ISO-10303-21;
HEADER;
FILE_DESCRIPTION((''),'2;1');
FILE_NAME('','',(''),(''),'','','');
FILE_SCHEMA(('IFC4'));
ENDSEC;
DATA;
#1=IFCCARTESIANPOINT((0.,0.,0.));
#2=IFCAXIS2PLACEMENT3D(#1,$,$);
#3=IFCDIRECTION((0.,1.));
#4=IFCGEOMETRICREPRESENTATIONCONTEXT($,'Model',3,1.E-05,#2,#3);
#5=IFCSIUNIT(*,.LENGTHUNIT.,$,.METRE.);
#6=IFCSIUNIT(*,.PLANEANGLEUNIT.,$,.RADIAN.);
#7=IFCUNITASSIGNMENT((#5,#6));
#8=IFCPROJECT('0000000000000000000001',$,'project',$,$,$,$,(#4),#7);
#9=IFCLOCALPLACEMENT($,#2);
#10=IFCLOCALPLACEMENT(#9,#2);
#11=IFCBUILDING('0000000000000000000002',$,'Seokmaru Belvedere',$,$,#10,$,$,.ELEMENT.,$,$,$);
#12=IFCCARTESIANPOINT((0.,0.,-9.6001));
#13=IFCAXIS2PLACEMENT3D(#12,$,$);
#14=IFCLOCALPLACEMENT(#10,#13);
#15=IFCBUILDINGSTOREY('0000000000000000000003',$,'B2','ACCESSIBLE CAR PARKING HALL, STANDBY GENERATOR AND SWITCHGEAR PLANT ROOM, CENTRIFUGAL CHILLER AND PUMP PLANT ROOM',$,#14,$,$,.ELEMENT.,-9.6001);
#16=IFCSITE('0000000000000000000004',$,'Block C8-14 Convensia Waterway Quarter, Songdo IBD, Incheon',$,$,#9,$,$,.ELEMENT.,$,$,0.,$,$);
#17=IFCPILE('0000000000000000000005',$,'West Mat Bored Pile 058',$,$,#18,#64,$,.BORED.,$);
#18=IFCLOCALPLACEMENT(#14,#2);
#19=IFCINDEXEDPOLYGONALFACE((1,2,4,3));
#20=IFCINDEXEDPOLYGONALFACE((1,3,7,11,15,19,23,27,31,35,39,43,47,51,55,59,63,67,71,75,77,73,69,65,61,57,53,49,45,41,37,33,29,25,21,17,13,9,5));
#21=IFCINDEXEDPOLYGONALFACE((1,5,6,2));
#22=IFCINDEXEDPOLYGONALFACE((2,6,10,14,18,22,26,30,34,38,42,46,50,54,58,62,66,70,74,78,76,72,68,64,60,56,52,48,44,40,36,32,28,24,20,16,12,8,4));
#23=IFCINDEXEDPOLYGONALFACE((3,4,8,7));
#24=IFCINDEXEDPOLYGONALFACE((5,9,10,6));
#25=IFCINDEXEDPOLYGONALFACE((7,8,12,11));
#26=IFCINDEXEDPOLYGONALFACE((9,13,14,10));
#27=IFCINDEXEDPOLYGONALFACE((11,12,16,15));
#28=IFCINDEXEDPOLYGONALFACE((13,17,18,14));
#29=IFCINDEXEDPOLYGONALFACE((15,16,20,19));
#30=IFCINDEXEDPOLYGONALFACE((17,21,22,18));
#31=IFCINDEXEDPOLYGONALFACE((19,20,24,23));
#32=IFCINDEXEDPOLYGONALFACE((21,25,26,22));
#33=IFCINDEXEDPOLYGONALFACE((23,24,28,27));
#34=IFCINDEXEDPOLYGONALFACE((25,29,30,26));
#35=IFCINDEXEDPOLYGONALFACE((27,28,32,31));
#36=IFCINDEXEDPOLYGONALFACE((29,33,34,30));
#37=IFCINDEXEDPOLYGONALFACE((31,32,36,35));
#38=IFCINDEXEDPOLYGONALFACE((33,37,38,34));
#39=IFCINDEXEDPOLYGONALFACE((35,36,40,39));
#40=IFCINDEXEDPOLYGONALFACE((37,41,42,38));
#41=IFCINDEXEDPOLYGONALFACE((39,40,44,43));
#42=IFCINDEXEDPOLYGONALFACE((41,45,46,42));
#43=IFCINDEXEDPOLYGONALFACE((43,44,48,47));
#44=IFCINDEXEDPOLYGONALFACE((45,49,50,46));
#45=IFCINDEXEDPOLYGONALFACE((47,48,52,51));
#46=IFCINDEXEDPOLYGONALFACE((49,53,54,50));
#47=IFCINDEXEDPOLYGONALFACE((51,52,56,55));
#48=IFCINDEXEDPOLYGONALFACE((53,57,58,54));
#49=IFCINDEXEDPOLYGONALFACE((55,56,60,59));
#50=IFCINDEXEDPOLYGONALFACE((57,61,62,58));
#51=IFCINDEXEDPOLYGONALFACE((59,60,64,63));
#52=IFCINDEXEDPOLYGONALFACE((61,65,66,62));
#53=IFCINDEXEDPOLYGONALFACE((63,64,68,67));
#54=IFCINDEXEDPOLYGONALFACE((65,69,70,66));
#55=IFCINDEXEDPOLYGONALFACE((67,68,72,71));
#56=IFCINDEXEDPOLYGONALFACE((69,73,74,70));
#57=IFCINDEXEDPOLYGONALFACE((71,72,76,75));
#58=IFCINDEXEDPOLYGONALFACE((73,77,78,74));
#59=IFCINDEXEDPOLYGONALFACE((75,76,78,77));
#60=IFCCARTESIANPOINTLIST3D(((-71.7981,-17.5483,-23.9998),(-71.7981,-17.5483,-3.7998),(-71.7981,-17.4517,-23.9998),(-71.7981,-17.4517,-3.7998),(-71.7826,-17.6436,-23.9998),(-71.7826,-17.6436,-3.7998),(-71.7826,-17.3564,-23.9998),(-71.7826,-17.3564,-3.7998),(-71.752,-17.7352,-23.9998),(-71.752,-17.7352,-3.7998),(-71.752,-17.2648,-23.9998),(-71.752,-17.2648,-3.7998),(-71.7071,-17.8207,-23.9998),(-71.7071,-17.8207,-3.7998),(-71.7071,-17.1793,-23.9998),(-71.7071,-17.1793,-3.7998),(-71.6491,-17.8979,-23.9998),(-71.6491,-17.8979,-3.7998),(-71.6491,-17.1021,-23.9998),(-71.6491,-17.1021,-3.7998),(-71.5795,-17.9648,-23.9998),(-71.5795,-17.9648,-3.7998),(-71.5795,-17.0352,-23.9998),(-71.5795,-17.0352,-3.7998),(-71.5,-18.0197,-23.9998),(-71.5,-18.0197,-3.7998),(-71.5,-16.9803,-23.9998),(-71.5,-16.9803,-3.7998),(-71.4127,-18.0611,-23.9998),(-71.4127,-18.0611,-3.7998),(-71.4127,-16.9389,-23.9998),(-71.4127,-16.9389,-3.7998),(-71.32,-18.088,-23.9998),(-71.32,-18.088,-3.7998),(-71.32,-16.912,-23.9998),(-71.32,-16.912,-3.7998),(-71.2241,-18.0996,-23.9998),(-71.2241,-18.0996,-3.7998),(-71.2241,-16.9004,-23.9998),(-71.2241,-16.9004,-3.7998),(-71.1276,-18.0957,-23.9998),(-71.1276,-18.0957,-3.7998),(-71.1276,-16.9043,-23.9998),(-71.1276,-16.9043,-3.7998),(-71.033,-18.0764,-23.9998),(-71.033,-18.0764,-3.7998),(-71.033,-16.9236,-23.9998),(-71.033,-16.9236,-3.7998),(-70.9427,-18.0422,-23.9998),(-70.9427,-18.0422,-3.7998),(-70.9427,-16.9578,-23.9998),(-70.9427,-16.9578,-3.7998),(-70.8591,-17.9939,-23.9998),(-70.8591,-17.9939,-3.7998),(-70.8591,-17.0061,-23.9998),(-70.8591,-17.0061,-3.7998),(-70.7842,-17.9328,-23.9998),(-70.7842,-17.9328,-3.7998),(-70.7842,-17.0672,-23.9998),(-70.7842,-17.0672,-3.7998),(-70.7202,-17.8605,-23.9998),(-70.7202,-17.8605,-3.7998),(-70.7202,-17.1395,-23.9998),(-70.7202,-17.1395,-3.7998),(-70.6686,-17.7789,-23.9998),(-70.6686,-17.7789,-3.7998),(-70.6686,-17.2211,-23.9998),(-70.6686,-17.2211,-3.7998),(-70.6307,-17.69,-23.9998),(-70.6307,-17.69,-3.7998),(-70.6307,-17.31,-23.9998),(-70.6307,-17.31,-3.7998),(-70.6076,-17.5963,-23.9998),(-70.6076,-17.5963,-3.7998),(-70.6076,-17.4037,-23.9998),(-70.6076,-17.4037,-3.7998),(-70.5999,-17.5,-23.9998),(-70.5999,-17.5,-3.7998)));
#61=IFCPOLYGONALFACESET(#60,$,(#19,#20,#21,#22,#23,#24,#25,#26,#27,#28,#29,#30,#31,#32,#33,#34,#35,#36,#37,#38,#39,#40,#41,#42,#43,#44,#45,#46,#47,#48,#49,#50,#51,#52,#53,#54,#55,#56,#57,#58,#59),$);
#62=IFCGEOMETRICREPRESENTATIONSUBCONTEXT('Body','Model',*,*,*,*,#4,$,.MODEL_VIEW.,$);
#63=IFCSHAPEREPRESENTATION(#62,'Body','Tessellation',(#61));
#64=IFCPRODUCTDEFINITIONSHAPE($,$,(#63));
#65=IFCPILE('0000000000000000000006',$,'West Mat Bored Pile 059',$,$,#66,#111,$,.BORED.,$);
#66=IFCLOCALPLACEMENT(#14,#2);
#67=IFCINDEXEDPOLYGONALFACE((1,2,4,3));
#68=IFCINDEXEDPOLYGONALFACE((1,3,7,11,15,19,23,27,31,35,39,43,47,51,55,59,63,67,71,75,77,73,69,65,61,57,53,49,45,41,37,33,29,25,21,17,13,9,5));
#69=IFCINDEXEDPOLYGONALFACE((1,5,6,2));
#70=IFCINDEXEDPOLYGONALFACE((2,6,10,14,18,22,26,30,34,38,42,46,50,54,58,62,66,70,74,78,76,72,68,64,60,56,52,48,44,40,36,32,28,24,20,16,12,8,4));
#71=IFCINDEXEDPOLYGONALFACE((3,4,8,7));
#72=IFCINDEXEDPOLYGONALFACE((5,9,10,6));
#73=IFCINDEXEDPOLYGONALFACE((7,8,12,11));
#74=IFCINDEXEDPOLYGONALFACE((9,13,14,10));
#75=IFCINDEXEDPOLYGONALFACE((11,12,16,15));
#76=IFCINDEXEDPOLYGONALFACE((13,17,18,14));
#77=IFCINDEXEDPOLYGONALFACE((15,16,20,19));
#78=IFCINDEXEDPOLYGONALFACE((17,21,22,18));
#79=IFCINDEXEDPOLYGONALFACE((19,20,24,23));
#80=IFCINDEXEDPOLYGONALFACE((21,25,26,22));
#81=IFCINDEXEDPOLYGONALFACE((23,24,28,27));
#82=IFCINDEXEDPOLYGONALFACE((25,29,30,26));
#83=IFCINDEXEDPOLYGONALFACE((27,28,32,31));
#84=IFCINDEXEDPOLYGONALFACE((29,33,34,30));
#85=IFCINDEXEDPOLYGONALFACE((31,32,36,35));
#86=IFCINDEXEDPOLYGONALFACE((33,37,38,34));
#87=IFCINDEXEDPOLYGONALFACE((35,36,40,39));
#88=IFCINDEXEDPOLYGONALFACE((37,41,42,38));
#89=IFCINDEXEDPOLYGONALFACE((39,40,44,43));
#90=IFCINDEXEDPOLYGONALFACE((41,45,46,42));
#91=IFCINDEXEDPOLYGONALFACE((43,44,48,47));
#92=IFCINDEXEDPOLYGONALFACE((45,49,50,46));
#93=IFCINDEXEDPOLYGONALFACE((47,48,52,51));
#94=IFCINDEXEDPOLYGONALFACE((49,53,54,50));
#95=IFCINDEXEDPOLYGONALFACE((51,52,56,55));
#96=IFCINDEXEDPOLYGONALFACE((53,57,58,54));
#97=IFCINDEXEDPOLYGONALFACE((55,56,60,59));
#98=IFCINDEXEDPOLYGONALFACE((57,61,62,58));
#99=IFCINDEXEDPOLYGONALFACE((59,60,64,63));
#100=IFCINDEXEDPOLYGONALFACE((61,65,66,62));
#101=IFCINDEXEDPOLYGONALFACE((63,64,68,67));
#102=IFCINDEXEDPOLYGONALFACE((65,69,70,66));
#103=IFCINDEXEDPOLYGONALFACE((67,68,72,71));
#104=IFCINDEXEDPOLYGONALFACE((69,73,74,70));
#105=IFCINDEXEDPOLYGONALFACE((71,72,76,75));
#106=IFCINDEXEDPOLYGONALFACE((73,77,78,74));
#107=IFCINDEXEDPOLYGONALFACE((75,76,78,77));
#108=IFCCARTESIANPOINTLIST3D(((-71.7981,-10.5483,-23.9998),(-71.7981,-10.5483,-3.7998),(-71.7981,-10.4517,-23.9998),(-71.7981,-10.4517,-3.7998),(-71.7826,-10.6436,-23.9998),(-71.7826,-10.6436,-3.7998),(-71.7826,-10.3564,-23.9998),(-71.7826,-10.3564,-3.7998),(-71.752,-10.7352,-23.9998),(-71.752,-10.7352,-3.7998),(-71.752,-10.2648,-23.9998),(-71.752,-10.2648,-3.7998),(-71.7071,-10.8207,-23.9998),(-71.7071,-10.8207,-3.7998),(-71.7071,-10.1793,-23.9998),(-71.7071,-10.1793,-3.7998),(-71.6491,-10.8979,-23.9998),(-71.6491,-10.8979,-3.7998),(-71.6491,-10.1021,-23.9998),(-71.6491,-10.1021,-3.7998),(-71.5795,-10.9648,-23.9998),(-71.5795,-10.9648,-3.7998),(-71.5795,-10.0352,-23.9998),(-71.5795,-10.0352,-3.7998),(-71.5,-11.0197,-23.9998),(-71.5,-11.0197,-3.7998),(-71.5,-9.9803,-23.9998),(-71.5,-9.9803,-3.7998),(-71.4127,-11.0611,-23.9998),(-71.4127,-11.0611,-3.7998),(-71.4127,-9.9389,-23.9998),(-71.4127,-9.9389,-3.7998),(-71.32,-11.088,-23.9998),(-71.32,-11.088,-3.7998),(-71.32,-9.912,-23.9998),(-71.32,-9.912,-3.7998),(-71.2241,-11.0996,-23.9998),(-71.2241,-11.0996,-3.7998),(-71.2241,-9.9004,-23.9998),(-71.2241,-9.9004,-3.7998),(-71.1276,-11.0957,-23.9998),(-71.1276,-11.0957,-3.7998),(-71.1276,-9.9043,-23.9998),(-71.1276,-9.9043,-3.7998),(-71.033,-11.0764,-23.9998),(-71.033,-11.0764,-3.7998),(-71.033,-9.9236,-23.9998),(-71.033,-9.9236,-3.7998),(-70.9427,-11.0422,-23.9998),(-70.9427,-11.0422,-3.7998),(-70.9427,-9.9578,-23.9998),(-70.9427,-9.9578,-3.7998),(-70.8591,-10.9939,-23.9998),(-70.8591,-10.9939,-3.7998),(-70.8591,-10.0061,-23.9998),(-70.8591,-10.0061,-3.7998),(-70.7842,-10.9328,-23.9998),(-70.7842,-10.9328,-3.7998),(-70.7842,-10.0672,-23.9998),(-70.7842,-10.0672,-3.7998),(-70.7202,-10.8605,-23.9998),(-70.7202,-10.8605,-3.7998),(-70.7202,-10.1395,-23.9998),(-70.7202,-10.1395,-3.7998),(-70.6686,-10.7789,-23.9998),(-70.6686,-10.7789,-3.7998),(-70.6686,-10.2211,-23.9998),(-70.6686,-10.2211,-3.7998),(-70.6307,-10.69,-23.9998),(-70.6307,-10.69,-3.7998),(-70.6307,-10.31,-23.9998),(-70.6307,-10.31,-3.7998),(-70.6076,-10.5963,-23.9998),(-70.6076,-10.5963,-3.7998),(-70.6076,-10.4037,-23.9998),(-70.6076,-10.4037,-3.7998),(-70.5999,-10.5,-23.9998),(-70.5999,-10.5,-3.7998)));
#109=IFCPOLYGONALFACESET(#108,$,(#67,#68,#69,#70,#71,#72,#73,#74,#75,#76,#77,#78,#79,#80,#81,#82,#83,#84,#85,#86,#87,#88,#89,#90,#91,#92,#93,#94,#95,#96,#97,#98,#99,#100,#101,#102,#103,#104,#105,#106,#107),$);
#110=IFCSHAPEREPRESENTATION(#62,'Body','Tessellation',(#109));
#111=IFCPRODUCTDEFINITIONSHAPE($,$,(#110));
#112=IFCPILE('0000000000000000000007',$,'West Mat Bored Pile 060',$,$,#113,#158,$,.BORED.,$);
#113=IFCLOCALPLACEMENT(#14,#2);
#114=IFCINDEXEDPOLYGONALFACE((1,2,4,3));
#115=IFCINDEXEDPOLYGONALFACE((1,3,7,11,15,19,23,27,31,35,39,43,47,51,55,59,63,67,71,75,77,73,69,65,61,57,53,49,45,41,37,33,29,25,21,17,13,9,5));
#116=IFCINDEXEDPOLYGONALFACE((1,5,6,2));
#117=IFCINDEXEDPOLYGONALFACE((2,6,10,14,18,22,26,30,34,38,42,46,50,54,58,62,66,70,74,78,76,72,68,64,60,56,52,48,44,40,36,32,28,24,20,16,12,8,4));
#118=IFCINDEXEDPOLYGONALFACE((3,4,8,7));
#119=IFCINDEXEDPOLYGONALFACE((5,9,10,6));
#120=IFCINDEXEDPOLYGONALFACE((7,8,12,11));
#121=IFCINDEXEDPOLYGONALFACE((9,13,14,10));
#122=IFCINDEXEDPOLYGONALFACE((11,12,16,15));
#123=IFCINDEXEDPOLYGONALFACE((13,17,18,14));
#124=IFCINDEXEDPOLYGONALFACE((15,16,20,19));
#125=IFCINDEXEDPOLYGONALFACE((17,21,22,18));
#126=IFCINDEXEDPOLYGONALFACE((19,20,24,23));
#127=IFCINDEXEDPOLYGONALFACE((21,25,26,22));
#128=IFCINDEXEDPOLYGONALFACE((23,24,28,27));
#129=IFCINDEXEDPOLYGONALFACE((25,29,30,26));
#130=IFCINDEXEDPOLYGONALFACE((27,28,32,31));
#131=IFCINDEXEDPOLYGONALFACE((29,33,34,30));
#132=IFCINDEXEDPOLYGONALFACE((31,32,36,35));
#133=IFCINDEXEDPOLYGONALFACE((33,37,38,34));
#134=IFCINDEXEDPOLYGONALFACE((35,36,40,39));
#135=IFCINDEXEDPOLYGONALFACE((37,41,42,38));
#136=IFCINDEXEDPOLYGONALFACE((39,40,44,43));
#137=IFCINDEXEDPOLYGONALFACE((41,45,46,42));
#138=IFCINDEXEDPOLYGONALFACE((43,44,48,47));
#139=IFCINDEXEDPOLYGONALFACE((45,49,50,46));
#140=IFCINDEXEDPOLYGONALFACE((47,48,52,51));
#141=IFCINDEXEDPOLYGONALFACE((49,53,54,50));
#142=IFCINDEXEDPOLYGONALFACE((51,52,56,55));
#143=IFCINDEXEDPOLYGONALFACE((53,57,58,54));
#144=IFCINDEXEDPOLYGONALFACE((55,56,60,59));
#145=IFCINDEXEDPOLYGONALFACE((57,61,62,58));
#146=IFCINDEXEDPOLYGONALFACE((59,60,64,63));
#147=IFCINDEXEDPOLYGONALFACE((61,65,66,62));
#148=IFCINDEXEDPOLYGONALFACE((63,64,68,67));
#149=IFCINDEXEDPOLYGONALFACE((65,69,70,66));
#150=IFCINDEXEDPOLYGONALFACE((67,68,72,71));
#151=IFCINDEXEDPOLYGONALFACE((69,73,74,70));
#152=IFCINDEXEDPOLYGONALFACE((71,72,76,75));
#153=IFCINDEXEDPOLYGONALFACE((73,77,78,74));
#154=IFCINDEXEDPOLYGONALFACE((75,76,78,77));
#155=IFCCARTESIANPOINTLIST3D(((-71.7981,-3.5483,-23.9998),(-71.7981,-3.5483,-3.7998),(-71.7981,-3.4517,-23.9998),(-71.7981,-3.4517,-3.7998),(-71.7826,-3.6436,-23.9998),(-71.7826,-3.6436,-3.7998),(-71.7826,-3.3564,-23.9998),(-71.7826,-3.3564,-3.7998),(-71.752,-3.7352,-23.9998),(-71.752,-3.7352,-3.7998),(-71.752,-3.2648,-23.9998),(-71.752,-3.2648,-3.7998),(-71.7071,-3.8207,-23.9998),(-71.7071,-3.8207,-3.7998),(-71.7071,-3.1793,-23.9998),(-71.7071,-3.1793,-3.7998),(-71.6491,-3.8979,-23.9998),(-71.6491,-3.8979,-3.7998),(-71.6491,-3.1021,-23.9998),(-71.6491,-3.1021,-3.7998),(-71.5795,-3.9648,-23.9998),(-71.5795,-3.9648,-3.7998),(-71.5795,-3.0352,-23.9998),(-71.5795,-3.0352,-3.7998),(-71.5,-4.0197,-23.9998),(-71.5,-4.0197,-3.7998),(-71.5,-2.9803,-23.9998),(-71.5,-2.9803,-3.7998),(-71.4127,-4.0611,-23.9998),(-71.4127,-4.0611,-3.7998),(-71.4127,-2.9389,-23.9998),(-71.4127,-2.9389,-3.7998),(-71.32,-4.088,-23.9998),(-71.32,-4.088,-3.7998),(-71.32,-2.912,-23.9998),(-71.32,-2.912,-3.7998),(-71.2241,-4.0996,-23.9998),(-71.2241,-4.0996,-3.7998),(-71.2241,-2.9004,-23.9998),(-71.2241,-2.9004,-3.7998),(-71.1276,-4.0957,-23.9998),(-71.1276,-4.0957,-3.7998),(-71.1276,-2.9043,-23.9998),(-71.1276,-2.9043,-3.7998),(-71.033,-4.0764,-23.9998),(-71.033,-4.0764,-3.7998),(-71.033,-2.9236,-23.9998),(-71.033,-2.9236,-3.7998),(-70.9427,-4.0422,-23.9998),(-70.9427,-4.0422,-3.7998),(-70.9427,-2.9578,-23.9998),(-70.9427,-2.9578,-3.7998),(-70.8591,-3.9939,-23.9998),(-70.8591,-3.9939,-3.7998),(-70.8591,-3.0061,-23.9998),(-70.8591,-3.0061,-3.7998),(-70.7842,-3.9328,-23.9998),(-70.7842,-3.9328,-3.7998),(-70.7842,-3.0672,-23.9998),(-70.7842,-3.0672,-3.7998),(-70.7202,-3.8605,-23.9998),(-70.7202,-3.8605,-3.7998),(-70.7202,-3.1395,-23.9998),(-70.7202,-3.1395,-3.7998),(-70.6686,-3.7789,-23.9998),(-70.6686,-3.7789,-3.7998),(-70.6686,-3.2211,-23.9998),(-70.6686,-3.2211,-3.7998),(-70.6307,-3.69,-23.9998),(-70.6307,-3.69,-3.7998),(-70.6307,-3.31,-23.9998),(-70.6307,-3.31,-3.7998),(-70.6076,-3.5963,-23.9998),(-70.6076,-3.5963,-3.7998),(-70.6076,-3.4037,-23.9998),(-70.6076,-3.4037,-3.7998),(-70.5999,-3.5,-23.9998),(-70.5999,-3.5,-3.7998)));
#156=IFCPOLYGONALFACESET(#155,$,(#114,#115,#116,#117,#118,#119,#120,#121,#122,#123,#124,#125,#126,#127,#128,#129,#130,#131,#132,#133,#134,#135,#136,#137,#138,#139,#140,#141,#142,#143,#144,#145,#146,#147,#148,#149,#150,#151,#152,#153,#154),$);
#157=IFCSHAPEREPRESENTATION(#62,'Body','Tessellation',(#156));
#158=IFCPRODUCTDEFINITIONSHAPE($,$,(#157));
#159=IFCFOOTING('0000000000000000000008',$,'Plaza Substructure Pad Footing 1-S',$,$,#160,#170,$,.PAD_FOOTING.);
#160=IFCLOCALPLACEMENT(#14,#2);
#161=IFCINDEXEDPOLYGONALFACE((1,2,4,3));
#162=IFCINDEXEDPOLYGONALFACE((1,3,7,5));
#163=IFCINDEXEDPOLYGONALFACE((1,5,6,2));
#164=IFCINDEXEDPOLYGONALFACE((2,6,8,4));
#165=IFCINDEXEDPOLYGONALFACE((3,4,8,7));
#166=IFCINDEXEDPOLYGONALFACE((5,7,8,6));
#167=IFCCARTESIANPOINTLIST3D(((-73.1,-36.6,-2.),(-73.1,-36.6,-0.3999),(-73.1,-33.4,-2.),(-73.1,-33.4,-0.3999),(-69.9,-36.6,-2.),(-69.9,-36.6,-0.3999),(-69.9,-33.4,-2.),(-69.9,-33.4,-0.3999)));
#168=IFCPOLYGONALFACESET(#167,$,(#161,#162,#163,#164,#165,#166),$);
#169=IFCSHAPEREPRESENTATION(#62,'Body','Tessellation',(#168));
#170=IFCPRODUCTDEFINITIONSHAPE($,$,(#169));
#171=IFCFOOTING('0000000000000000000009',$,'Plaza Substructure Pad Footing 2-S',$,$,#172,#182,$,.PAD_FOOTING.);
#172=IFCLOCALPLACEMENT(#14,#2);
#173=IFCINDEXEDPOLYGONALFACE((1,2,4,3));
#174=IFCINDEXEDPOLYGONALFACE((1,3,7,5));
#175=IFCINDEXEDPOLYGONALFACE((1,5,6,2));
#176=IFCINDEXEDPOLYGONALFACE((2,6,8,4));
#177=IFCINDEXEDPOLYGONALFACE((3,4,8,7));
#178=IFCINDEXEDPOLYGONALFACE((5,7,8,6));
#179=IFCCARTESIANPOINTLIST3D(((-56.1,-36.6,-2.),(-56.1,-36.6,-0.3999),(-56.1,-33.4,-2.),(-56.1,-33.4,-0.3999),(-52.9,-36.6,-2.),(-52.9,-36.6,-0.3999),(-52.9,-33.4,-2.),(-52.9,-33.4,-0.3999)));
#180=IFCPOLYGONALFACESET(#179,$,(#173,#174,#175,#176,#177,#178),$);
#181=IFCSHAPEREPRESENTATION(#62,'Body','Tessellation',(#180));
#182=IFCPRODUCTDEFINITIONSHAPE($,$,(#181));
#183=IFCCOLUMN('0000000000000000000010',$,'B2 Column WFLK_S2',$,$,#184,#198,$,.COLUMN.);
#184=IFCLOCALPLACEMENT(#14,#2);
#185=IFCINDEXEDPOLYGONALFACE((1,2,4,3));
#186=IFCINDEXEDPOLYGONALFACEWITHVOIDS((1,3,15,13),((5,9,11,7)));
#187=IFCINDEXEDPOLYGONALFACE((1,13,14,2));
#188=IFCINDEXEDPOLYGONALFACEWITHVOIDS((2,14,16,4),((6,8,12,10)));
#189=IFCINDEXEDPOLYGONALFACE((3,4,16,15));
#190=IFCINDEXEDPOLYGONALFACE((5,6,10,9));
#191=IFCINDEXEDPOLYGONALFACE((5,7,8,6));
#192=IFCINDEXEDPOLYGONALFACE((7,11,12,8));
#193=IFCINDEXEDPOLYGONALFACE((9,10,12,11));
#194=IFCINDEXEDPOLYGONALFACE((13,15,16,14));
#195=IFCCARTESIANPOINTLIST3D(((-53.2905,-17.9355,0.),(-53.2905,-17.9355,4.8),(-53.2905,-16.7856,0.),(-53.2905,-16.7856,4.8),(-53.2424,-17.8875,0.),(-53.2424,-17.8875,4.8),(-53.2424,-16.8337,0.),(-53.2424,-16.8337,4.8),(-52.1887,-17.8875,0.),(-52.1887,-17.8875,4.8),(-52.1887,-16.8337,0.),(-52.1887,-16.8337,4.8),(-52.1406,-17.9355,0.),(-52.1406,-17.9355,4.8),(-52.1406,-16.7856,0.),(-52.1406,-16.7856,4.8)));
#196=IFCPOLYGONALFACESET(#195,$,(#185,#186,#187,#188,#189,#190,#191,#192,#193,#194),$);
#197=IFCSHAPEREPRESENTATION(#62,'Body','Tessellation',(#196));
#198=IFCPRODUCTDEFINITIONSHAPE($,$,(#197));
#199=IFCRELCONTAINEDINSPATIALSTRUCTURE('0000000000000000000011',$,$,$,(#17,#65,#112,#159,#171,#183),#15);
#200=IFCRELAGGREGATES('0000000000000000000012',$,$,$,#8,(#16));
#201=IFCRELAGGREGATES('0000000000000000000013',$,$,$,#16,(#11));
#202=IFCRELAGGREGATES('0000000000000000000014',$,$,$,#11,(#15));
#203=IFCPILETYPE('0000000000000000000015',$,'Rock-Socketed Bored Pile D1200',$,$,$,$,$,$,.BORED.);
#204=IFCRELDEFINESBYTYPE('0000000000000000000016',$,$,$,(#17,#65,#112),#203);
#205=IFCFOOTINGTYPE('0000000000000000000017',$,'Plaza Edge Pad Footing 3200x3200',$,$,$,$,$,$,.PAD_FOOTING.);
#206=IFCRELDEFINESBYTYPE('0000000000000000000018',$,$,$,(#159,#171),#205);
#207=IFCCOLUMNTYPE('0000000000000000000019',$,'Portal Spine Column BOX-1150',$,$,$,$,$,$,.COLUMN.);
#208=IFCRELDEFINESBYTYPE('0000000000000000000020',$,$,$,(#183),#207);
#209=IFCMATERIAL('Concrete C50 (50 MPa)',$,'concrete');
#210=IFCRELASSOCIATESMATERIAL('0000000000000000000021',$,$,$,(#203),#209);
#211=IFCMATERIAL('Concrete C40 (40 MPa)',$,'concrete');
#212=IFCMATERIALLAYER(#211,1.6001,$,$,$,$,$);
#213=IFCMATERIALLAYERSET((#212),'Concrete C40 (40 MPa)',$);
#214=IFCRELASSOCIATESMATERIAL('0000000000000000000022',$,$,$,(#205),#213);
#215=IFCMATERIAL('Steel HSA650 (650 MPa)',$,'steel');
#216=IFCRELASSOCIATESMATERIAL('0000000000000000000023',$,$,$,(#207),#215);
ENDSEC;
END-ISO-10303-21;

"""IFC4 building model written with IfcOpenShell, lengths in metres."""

from ifc_helpers import new_model, si_unit, direction, frame, origin, origin_2d, place, context, subcontext, project, spatial, rectangle, hollow_rectangle, circle, extrude, source, transform, mapped, material, layer, layer_set, material_profile, profile_set, type_object, type_shapes, element, save


model = new_model("IFC4")

# Units and contexts
model_context = context("Model", 3, precision=1e-05, world=origin(), true_north=direction((0.0, 1.0)))
body_context = subcontext(model_context, "Body", "Model", "MODEL_VIEW")
ifc_project = project(units=[si_unit("LENGTHUNIT", "METRE"), si_unit("PLANEANGLEUNIT", "RADIAN")], contexts=[model_context])

# Site, building, storey
site_placement = place(None, origin())
site = spatial("IfcSite", under=ifc_project, at=site_placement, Name="Block C8-14 Convensia Waterway Quarter, Songdo IBD, Incheon", CompositionType="ELEMENT", RefElevation=0.0)
building_placement = place(site_placement, origin())
building = spatial("IfcBuilding", under=site, at=building_placement, Name="Seokmaru Belvedere", CompositionType="ELEMENT")
storey_placement = place(building_placement, frame((0.0, 0.0, -9.6001)))
storey = spatial("IfcBuildingStorey", under=building, at=storey_placement, Name="B2", Description="ACCESSIBLE CAR PARKING HALL, STANDBY GENERATOR AND SWITCHGEAR PLANT ROOM, CENTRIFUGAL CHILLER AND PUMP PLANT ROOM", CompositionType="ELEMENT", Elevation=-9.6001)

# Piles
ifc_material_1 = material(Name="Concrete C50 (50 MPa)", Category="concrete")
ifc_material_profile_1 = material_profile(ifc_material_1, circle(Radius=0.6001, at=origin_2d()), Name="PILE-D1200")
ifc_profile_set_1 = profile_set([ifc_material_profile_1], Name="Concrete C50 (50 MPa)")
pile_type_1 = type_object("IfcPileType", Name="Rock-Socketed Bored Pile D1200", PredefinedType="BORED", material=ifc_profile_set_1)
shared_shape_1 = source(origin(), body_context, "Body", "SweptSolid", [
    extrude(circle(Radius=0.6001, at=origin_2d()), origin(), (0.0, 0.0, 1.0), 20.2),
])
type_shapes(pile_type_1, [shared_shape_1])
for number, where, z_axis, x_axis, name in (
    (1, (-71.2, -17.5, -3.7998), (0.0, 0.0, -1.0), (1.0, 0.0, 0.0), "West Mat Bored Pile 058"),
    (2, (-71.2, -10.5, -3.7998), (0.0, 0.0, -1.0), (1.0, 0.0, 0.0), "West Mat Bored Pile 059"),
    (3, (-71.2, -3.5, -3.7998), (0.0, 0.0, -1.0), (1.0, 0.0, 0.0), "West Mat Bored Pile 060"),
):
    element("IfcPile", number, at=place(storey_placement, frame(where, z_axis=z_axis, x_axis=x_axis)), inside=storey, type_object=pile_type_1, Name=name, PredefinedType="BORED", context=body_context, shape_type="MappedRepresentation", body=[
        mapped(shared_shape_1, transform((0.0, 0.0, 0.0), scale=1.0)),
    ])

# Footings
ifc_material_2 = material(Name="Concrete C40 (40 MPa)", Category="concrete")
ifc_layer_1 = layer(ifc_material_2, 1.6001)
ifc_layer_set_1 = layer_set([ifc_layer_1], Name="Concrete C40 (40 MPa)")
footing_type = type_object("IfcFootingType", Name="Plaza Edge Pad Footing 3200x3200", PredefinedType="PAD_FOOTING", material=ifc_layer_set_1)
shared_shape_2 = source(origin(), body_context, "Body", "SweptSolid", [
    extrude(rectangle(XDim=3.2, YDim=3.2, at=origin_2d()), origin(), (0.0, 0.0, 1.0), 1.6001),
])
type_shapes(footing_type, [shared_shape_2])
for number, where, z_axis, x_axis, name in (
    (4, (-71.5, -35.0, -2.0), (0.0, 0.0, 1.0), (1.0, 0.0, 0.0), "Plaza Substructure Pad Footing 1-S"),
    (5, (-54.5, -35.0, -2.0), (0.0, 0.0, 1.0), (1.0, 0.0, 0.0), "Plaza Substructure Pad Footing 2-S"),
):
    element("IfcFooting", number, at=place(storey_placement, frame(where, z_axis=z_axis, x_axis=x_axis)), inside=storey, type_object=footing_type, Name=name, PredefinedType="PAD_FOOTING", context=body_context, shape_type="MappedRepresentation", body=[
        mapped(shared_shape_2, transform((0.0, 0.0, 0.0), scale=1.0)),
    ])

# Column
ifc_material_3 = material(Name="Steel HSA650 (650 MPa)", Category="steel")
ifc_material_profile_2 = material_profile(ifc_material_3, hollow_rectangle(XDim=1.1499, YDim=1.1499, WallThickness=0.0481, at=origin_2d()), Name="BOX-1150x1150x48")
ifc_profile_set_2 = profile_set([ifc_material_profile_2], Name="Steel HSA650 (650 MPa)")
column_type_1 = type_object("IfcColumnType", Name="Portal Spine Column BOX-1150", PredefinedType="COLUMN", material=ifc_profile_set_2)
shared_shape_3 = source(origin(), body_context, "Body", "SweptSolid", [
    extrude(hollow_rectangle(XDim=1.1499, YDim=1.1499, WallThickness=0.0481, at=origin_2d()), origin(), (0.0, 0.0, 1.0), 4.8),
])
type_shapes(column_type_1, [shared_shape_3])
column_1_placement = place(storey_placement, frame((-52.7156, -17.3606, 0.0), z_axis=(0.0, 0.0, 1.0), x_axis=(1.0, 0.0, 0.0)))
element("IfcColumn", 6, at=column_1_placement, inside=storey, type_object=column_type_1, Name="B2 Column WFLK_S2", PredefinedType="COLUMN", context=body_context, shape_type="MappedRepresentation", body=[
    mapped(shared_shape_3, transform((0.0, 0.0, 0.0), scale=1.0)),
])

save(model, "model.ifc")
